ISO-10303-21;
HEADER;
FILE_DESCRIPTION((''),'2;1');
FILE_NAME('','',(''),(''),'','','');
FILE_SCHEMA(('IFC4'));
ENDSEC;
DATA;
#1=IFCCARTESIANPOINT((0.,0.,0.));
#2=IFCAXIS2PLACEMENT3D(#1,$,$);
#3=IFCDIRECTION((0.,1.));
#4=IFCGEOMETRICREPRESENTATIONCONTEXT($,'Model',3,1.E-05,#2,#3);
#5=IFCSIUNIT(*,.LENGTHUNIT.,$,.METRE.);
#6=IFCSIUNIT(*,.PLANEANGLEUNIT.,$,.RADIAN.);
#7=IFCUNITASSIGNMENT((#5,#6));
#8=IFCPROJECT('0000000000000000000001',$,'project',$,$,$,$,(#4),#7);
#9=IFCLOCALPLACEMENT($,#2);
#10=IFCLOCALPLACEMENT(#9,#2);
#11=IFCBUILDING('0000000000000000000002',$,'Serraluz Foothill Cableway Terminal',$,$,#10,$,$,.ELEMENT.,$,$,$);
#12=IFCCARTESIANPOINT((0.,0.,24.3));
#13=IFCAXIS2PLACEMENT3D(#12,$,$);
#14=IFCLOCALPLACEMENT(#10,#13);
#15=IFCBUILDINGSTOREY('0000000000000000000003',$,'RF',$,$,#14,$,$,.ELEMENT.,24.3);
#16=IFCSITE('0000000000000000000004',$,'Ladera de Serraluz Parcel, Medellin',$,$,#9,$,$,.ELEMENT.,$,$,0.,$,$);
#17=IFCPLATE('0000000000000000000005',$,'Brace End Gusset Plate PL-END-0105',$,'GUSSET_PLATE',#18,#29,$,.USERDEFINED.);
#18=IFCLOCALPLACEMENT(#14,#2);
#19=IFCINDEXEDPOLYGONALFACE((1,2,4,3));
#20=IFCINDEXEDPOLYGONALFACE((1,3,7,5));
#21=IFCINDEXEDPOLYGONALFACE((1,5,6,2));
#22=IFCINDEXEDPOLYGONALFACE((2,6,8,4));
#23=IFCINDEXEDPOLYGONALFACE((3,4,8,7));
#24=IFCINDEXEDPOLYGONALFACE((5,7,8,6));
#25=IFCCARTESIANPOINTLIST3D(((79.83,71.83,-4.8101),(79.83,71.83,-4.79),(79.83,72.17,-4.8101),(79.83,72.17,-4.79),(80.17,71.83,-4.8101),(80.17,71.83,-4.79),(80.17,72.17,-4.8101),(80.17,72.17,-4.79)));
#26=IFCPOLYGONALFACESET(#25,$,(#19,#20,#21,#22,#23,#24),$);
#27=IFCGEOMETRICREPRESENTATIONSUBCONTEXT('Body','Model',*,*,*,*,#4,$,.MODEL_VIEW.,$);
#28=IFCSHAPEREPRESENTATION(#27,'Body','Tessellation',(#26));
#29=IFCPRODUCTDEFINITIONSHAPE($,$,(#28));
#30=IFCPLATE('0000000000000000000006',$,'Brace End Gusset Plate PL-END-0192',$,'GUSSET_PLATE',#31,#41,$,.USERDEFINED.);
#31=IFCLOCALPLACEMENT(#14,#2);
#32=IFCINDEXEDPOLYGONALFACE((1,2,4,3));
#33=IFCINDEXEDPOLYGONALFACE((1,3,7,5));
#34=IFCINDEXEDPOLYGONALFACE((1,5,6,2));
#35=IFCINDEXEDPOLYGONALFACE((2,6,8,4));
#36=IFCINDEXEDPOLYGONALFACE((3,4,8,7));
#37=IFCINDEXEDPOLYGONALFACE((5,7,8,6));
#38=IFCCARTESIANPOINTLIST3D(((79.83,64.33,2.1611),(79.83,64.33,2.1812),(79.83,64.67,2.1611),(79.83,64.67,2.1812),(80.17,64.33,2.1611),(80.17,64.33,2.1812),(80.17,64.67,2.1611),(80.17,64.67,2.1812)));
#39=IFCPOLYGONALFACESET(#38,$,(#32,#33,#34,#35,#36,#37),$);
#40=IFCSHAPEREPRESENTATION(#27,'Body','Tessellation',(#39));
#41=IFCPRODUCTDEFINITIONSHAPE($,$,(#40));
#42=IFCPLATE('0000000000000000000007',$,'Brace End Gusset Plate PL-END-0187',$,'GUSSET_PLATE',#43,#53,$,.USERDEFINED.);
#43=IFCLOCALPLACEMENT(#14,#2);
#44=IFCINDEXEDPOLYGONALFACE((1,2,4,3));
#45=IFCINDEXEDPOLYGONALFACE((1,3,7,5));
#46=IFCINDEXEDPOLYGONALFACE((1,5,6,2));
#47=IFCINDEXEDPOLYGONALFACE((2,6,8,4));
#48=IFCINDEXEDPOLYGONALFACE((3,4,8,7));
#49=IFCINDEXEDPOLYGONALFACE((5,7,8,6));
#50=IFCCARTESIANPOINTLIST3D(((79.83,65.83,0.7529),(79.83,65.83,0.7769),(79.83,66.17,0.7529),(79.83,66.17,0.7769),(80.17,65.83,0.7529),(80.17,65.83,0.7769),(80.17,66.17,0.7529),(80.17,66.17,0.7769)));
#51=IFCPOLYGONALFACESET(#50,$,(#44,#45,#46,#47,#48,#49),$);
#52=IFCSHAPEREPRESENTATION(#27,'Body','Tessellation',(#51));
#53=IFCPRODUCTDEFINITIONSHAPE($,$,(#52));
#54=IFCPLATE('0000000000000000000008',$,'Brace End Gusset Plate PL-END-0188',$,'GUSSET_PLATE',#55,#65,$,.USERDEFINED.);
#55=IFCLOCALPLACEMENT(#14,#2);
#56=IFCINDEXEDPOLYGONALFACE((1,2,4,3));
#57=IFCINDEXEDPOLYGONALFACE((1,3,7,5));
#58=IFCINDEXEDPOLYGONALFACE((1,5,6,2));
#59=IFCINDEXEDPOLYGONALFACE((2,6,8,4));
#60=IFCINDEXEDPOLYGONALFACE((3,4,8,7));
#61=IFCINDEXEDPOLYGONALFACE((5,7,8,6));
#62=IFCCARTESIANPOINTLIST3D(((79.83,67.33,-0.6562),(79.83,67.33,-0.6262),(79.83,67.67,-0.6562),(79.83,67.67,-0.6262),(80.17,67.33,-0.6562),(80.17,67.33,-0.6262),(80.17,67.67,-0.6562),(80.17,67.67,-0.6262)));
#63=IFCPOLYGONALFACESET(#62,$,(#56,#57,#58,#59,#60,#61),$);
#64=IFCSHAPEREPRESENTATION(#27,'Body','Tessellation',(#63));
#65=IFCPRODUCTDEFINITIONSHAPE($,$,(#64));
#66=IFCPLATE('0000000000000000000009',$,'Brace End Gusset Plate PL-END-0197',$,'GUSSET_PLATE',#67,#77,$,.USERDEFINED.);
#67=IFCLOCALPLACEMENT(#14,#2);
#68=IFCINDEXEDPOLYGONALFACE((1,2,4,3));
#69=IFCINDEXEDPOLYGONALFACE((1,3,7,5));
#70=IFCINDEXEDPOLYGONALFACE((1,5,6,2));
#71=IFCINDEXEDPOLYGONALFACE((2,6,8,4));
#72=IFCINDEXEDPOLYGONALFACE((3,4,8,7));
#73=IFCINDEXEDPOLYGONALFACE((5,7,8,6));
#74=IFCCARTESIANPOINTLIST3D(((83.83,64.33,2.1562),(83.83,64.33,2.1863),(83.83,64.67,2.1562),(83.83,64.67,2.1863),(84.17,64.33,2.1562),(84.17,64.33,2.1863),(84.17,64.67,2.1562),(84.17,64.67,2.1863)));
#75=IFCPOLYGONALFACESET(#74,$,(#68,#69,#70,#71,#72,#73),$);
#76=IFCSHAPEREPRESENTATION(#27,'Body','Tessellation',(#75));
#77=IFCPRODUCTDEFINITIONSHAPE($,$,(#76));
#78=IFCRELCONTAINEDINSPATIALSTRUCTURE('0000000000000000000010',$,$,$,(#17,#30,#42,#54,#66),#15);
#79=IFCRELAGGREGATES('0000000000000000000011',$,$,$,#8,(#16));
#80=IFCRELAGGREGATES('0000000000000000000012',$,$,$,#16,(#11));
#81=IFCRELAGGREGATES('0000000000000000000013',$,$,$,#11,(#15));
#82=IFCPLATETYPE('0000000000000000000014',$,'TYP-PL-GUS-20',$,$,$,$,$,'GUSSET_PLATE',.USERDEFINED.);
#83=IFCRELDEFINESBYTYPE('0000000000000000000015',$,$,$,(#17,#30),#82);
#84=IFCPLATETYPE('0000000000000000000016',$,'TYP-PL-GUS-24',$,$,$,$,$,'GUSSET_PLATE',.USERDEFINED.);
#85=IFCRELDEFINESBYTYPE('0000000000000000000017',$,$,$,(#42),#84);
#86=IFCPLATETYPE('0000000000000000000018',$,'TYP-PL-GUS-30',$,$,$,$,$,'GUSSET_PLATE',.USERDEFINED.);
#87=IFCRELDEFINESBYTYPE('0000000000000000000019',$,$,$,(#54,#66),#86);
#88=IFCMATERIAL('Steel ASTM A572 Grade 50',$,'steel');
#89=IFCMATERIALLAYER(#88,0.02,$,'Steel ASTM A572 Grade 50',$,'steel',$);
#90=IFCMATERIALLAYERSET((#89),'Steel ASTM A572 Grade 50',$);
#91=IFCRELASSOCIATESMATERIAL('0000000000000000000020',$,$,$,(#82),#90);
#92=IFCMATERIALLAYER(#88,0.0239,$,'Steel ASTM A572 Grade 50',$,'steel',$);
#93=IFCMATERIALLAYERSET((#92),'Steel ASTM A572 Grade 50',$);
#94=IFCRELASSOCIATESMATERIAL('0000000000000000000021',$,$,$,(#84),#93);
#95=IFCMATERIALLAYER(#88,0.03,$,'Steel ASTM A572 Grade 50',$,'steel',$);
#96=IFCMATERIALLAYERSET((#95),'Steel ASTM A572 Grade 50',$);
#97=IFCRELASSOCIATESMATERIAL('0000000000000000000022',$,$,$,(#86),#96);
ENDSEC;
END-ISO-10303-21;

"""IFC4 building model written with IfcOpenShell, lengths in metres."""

from ifc_helpers import new_model, si_unit, direction, frame, origin, origin_2d, place, context, subcontext, project, spatial, rectangle, extrude, material, layer, layer_set, type_object, element, save


model = new_model("IFC4")

# Units and contexts
model_context = context("Model", 3, precision=1e-05, world=origin(), true_north=direction((0.0, 1.0)))
body_context = subcontext(model_context, "Body", "Model", "MODEL_VIEW")
ifc_project = project(units=[si_unit("LENGTHUNIT", "METRE"), si_unit("PLANEANGLEUNIT", "RADIAN")], contexts=[model_context])

# Site, building, storey
site_placement = place(None, origin())
site = spatial("IfcSite", under=ifc_project, at=site_placement, Name="Ladera de Serraluz Parcel, Medellin", CompositionType="ELEMENT", RefElevation=0.0)
building_placement = place(site_placement, origin())
building = spatial("IfcBuilding", under=site, at=building_placement, Name="Serraluz Foothill Cableway Terminal", CompositionType="ELEMENT")
storey_placement = place(building_placement, frame((0.0, 0.0, 24.3)))
storey = spatial("IfcBuildingStorey", under=building, at=storey_placement, Name="RF", CompositionType="ELEMENT", Elevation=24.3)

# Shared definitions
ifc_material_1 = material(Name="Steel ASTM A572 Grade 50", Category="steel")

# Plates
ifc_layer_1 = layer(ifc_material_1, 0.02, Name="Steel ASTM A572 Grade 50", Category="steel")
ifc_layer_set_1 = layer_set([ifc_layer_1], Name="Steel ASTM A572 Grade 50")
plate_type_1 = type_object("IfcPlateType", Name="TYP-PL-GUS-20", ElementType="GUSSET_PLATE", PredefinedType="USERDEFINED", material=ifc_layer_set_1)
for number, where, z_axis, x_axis, name in (
    (1, (80.0, 72.0, -4.8101), (0.0, 0.0, 1.0), (1.0, 0.0, 0.0), "Brace End Gusset Plate PL-END-0105"),
    (2, (80.0, 64.5, 2.1611), (0.0, 0.0, 1.0), (1.0, 0.0, 0.0), "Brace End Gusset Plate PL-END-0192"),
):
    element("IfcPlate", number, at=place(storey_placement, frame(where, z_axis=z_axis, x_axis=x_axis)), inside=storey, type_object=plate_type_1, Name=name, ObjectType="GUSSET_PLATE", PredefinedType="USERDEFINED", context=body_context, shape_type="SweptSolid", body=[
        extrude(rectangle(XDim=0.3401, YDim=0.3401, at=origin_2d()), origin(), (0.0, 0.0, 1.0), 0.02),
    ])
ifc_layer_2 = layer(ifc_material_1, 0.0239, Name="Steel ASTM A572 Grade 50", Category="steel")
ifc_layer_set_2 = layer_set([ifc_layer_2], Name="Steel ASTM A572 Grade 50")
plate_type_2 = type_object("IfcPlateType", Name="TYP-PL-GUS-24", ElementType="GUSSET_PLATE", PredefinedType="USERDEFINED", material=ifc_layer_set_2)
plate_placement = place(storey_placement, frame((80.0, 66.0, 0.7529), z_axis=(0.0, 0.0, 1.0), x_axis=(1.0, 0.0, 0.0)))
element("IfcPlate", 3, at=plate_placement, inside=storey, type_object=plate_type_2, Name="Brace End Gusset Plate PL-END-0187", ObjectType="GUSSET_PLATE", PredefinedType="USERDEFINED", context=body_context, shape_type="SweptSolid", body=[
    extrude(rectangle(XDim=0.3401, YDim=0.3401, at=origin_2d()), origin(), (0.0, 0.0, 1.0), 0.0239),
])
ifc_layer_3 = layer(ifc_material_1, 0.03, Name="Steel ASTM A572 Grade 50", Category="steel")
ifc_layer_set_3 = layer_set([ifc_layer_3], Name="Steel ASTM A572 Grade 50")
plate_type_3 = type_object("IfcPlateType", Name="TYP-PL-GUS-30", ElementType="GUSSET_PLATE", PredefinedType="USERDEFINED", material=ifc_layer_set_3)
for number, where, z_axis, x_axis, name in (
    (4, (80.0, 67.5, -0.6562), (0.0, 0.0, 1.0), (1.0, 0.0, 0.0), "Brace End Gusset Plate PL-END-0188"),
    (5, (84.0, 64.5, 2.1562), (0.0, 0.0, 1.0), (1.0, 0.0, 0.0), "Brace End Gusset Plate PL-END-0197"),
):
    element("IfcPlate", number, at=place(storey_placement, frame(where, z_axis=z_axis, x_axis=x_axis)), inside=storey, type_object=plate_type_3, Name=name, ObjectType="GUSSET_PLATE", PredefinedType="USERDEFINED", context=body_context, shape_type="SweptSolid", body=[
        extrude(rectangle(XDim=0.3401, YDim=0.3401, at=origin_2d()), origin(), (0.0, 0.0, 1.0), 0.03),
    ])

save(model, "model.ifc")
